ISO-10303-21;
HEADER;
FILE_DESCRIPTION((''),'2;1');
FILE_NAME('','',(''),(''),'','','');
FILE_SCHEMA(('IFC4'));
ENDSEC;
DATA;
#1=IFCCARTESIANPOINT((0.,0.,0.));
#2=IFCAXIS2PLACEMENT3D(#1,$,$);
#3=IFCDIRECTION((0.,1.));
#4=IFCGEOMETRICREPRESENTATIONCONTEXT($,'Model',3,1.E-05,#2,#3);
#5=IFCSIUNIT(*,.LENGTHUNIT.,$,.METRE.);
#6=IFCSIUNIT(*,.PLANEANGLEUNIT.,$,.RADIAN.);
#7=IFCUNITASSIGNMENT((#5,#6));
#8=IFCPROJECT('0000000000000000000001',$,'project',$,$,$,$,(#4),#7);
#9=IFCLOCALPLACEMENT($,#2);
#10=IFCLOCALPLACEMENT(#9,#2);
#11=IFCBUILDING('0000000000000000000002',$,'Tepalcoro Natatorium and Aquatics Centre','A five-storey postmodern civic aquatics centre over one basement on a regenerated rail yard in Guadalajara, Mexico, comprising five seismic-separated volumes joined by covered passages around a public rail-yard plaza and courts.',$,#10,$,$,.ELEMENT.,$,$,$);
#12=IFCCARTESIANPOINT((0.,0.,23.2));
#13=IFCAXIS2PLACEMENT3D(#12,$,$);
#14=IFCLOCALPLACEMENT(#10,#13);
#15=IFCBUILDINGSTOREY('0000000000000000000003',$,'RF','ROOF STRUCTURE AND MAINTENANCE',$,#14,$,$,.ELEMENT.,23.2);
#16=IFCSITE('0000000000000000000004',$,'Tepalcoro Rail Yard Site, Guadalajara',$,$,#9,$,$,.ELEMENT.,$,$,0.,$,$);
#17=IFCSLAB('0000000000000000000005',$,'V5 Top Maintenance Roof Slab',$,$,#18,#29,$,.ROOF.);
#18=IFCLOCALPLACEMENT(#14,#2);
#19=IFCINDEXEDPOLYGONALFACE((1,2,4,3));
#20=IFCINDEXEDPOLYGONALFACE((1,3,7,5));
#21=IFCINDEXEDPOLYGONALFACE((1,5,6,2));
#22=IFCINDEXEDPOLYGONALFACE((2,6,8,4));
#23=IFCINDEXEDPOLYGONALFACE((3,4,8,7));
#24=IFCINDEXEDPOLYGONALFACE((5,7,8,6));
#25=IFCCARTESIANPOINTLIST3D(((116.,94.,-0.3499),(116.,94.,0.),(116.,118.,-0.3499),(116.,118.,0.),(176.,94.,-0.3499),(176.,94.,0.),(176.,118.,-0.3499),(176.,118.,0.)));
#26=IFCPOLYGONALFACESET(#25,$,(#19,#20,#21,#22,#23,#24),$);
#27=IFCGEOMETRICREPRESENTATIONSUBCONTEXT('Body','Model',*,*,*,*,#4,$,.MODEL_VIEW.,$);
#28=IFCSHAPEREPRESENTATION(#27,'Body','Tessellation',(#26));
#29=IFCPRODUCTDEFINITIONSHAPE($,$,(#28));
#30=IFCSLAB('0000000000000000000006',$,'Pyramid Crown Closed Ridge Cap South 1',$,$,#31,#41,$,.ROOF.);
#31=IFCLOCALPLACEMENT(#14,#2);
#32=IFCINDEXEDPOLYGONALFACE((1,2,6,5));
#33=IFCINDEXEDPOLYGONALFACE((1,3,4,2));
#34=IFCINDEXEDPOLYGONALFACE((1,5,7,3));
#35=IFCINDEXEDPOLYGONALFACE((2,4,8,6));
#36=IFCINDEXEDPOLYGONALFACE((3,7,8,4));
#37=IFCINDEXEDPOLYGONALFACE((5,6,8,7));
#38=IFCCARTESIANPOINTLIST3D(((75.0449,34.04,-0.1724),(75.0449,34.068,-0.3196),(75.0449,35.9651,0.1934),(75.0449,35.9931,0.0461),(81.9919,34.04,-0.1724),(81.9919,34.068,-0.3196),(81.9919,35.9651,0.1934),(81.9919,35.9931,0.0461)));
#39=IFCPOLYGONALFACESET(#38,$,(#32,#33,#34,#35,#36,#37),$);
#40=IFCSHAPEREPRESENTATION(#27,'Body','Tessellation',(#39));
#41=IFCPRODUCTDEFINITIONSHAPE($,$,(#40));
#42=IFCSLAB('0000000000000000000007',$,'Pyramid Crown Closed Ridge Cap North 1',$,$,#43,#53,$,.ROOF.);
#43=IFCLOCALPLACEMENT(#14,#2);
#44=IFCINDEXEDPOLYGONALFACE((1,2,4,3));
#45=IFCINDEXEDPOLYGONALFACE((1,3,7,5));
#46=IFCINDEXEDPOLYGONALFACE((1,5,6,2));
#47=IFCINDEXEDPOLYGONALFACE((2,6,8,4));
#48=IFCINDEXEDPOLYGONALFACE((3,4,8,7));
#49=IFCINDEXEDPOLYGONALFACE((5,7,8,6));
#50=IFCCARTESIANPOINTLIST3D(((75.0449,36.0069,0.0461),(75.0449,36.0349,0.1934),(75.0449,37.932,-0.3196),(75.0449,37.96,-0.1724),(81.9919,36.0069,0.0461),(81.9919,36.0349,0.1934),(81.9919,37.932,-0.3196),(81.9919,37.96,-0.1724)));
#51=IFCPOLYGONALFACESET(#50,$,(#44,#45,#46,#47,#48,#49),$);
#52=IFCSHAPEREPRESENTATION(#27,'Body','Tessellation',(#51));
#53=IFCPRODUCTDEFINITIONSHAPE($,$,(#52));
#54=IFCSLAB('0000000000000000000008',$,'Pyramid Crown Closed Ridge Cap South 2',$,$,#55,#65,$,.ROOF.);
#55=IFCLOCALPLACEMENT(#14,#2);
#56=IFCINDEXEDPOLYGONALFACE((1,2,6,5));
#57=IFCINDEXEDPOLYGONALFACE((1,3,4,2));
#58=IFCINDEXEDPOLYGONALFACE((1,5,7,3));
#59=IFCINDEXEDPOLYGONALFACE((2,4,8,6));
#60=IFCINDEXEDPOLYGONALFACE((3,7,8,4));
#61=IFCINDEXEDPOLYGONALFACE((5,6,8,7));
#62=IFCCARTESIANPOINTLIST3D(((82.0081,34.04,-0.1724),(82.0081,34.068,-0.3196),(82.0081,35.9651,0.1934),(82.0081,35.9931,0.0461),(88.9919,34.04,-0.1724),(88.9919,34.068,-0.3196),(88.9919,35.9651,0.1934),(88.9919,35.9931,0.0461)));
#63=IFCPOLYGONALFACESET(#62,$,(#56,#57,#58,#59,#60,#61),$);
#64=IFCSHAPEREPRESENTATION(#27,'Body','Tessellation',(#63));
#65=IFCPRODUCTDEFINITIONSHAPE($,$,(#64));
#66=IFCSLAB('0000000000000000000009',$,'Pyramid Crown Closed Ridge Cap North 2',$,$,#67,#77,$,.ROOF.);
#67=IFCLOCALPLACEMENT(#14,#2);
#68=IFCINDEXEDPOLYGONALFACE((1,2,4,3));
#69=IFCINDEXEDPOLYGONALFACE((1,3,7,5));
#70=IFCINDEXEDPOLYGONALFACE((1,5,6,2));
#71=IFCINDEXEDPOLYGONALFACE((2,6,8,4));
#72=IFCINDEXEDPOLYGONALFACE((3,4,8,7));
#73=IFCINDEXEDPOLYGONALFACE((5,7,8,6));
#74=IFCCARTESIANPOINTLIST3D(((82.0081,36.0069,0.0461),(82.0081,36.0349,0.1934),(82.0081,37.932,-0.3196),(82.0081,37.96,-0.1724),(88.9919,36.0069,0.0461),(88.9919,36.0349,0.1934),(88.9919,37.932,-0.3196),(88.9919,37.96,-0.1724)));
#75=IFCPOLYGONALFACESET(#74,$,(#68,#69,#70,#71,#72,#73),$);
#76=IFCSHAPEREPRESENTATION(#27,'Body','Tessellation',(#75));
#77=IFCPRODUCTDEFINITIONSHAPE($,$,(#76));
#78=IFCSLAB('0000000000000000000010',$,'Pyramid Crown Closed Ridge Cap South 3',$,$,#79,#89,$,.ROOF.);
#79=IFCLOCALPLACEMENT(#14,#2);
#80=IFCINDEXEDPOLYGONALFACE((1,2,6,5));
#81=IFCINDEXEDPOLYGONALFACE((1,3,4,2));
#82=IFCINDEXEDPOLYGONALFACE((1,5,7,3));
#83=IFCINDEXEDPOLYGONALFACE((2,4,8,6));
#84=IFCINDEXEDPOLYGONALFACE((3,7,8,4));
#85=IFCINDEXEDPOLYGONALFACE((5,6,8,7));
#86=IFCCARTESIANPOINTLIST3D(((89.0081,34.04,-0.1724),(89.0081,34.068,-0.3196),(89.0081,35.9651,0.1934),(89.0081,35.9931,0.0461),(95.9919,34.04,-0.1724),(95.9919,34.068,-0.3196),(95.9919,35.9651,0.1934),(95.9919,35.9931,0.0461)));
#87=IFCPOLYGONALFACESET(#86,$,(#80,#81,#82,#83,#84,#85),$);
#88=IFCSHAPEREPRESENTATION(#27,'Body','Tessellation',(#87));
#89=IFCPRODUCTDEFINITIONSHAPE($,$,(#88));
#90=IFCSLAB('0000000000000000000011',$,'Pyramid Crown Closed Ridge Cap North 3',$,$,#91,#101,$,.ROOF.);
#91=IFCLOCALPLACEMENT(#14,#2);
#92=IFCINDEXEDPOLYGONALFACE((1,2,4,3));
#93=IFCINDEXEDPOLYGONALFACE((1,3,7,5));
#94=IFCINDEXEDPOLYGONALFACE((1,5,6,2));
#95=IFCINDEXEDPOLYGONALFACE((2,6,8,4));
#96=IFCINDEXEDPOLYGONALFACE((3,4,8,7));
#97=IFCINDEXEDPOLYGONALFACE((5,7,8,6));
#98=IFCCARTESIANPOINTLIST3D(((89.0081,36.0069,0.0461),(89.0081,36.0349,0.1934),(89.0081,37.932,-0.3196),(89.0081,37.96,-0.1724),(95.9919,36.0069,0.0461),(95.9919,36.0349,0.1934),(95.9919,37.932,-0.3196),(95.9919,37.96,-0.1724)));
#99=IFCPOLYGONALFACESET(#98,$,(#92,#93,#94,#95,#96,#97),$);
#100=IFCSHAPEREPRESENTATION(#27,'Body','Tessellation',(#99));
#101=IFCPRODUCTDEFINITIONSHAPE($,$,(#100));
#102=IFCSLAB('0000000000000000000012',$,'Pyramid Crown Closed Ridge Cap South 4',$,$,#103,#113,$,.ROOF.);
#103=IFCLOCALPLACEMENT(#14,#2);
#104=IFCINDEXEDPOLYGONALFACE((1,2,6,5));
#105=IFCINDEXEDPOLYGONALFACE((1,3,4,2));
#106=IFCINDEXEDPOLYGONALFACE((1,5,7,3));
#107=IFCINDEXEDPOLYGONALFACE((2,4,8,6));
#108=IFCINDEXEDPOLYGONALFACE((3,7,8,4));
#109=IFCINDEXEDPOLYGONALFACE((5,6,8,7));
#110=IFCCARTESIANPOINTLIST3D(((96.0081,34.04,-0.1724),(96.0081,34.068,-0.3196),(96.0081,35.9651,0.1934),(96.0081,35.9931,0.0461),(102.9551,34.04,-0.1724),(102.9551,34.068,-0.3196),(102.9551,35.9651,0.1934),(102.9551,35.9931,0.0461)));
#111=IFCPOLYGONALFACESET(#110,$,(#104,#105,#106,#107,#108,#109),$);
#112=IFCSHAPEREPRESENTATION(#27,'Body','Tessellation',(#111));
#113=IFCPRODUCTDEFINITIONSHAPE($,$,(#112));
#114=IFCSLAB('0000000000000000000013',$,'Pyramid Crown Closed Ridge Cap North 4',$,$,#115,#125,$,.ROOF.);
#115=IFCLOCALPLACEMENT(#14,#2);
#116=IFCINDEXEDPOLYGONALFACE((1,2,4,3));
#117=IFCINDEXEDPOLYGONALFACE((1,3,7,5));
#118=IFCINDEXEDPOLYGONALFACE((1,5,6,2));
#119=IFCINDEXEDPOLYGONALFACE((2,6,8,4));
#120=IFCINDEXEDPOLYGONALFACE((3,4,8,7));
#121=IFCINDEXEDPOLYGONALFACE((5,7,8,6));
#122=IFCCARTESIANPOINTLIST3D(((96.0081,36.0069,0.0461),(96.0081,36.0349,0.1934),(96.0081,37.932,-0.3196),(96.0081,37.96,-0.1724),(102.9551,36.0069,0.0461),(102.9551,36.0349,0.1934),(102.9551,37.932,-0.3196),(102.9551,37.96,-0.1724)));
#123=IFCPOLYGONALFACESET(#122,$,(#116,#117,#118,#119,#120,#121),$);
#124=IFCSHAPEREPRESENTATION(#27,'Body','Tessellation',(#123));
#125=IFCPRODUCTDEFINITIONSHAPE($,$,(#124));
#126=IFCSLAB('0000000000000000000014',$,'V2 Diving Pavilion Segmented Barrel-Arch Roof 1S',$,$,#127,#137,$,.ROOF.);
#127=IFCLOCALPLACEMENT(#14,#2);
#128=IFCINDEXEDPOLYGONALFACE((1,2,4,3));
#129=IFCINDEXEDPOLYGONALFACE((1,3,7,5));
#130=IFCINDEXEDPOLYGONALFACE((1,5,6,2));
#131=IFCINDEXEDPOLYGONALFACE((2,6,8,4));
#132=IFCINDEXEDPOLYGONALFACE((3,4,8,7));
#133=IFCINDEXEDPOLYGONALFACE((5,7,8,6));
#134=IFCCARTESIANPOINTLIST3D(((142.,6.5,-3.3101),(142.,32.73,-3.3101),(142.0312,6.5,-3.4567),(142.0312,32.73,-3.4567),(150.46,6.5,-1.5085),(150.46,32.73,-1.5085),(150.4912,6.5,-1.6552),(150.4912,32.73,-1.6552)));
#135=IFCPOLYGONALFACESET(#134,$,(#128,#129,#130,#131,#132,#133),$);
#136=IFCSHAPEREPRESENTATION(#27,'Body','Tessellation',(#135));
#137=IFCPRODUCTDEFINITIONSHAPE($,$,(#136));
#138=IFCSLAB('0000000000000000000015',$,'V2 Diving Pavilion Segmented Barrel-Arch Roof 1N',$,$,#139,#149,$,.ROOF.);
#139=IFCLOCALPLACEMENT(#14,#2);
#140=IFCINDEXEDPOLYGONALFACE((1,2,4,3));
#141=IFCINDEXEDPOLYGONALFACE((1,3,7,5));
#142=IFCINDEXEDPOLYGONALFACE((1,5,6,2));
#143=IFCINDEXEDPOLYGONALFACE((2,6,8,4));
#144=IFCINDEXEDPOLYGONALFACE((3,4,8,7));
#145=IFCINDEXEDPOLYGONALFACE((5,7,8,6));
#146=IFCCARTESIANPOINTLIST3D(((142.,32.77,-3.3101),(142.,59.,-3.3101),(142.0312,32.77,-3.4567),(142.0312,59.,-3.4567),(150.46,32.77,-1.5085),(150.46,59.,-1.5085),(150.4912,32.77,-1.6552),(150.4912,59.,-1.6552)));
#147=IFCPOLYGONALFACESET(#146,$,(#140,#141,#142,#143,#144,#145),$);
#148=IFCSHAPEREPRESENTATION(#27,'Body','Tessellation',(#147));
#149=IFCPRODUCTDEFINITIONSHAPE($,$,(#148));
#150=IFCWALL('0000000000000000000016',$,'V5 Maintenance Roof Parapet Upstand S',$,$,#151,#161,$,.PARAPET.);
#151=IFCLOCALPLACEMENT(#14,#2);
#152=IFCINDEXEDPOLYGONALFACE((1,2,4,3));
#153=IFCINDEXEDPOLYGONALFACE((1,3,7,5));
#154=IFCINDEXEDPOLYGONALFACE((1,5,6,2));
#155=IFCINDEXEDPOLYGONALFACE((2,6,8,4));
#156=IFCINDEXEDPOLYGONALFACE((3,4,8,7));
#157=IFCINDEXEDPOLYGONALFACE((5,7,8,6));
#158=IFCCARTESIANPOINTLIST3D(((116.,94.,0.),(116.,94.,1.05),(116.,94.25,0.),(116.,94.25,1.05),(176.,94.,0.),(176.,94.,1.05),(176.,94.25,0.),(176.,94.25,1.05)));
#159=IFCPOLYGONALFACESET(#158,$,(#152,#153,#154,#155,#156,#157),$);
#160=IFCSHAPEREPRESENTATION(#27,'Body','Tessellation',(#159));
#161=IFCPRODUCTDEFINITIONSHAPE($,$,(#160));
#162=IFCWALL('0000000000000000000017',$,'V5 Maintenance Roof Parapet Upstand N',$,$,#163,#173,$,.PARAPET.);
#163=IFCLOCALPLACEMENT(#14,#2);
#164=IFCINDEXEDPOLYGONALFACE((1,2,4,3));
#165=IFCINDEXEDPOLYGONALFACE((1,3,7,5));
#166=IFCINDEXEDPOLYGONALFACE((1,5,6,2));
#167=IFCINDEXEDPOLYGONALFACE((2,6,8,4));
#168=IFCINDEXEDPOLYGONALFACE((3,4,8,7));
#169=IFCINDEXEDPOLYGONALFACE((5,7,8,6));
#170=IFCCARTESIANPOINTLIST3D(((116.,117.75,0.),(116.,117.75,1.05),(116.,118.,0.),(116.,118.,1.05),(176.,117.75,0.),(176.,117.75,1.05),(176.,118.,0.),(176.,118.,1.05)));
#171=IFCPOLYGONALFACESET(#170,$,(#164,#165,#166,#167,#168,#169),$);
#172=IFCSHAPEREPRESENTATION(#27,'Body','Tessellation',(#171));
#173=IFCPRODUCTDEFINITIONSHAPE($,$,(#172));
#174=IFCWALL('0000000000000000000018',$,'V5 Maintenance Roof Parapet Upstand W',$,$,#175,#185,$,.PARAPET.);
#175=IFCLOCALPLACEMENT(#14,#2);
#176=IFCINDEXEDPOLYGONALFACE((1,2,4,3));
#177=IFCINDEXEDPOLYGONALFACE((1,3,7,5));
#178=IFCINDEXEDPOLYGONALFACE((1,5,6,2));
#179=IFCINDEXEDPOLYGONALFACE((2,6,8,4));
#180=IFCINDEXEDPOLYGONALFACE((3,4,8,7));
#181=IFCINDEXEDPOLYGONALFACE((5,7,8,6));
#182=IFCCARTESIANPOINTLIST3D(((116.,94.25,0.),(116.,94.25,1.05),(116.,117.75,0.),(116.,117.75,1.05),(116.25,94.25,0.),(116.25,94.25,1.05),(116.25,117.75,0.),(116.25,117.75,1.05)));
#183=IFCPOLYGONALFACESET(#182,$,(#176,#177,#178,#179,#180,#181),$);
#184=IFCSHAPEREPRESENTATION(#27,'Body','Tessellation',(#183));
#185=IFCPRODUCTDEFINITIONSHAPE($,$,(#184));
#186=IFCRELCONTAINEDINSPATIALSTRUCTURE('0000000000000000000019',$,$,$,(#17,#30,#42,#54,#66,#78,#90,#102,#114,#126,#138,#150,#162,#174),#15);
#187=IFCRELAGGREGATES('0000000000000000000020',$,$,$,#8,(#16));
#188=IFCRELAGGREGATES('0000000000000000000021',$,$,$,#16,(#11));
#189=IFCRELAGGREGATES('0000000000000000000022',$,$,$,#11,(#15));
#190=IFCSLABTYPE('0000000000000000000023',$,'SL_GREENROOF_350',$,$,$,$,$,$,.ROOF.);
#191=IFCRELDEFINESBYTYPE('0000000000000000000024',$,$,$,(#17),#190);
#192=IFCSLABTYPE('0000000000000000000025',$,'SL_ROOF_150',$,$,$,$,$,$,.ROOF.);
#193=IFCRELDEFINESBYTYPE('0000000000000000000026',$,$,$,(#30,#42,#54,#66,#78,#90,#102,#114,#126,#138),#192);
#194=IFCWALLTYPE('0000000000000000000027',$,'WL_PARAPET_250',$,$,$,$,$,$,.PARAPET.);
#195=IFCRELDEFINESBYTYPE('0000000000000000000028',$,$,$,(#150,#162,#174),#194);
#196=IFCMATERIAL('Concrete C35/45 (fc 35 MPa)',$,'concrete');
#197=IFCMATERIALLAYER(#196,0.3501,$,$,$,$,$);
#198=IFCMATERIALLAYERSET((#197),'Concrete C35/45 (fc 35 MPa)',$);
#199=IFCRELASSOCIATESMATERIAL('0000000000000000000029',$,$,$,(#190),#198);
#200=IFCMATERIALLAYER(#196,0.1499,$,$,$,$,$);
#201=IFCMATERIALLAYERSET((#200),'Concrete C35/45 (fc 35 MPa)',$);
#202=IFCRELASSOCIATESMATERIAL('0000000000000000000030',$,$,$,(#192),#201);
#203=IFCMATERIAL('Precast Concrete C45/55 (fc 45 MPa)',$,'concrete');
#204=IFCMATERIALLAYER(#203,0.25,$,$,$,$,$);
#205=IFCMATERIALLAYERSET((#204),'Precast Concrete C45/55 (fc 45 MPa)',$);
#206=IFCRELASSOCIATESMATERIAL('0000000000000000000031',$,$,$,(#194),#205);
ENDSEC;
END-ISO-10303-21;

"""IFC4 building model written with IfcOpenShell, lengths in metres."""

from ifc_helpers import new_model, si_unit, direction, frame, frame_2d, origin, place, context, subcontext, project, spatial, polyline, rectangle, outline, extrude, material, layer, layer_set, type_object, element, save


model = new_model("IFC4")

# Units and contexts
model_context = context("Model", 3, precision=1e-05, world=origin(), true_north=direction((0.0, 1.0)))
body_context = subcontext(model_context, "Body", "Model", "MODEL_VIEW")
ifc_project = project(units=[si_unit("LENGTHUNIT", "METRE"), si_unit("PLANEANGLEUNIT", "RADIAN")], contexts=[model_context])

# Site, building, storey
site_placement = place(None, origin())
site = spatial("IfcSite", under=ifc_project, at=site_placement, Name="Tepalcoro Rail Yard Site, Guadalajara", CompositionType="ELEMENT", RefElevation=0.0)
building_placement = place(site_placement, origin())
building = spatial("IfcBuilding", under=site, at=building_placement, Name="Tepalcoro Natatorium and Aquatics Centre", Description="A five-storey postmodern civic aquatics centre over one basement on a regenerated rail yard in Guadalajara, Mexico, comprising five seismic-separated volumes joined by covered passages around a public rail-yard plaza and courts.", CompositionType="ELEMENT")
storey_placement = place(building_placement, frame((0.0, 0.0, 23.2)))
storey = spatial("IfcBuildingStorey", under=building, at=storey_placement, Name="RF", Description="ROOF STRUCTURE AND MAINTENANCE", CompositionType="ELEMENT", Elevation=23.2)

# Slabs
ifc_material_1 = material(Name="Concrete C35/45 (fc 35 MPa)", Category="concrete")
ifc_layer_1 = layer(ifc_material_1, 0.3501)
ifc_layer_set_1 = layer_set([ifc_layer_1], Name="Concrete C35/45 (fc 35 MPa)")
slab_type_1 = type_object("IfcSlabType", Name="SL_GREENROOF_350", PredefinedType="ROOF", material=ifc_layer_set_1)
slab_placement = place(storey_placement, frame((0.0, 0.0, -0.3499)))
element("IfcSlab", 1, at=slab_placement, inside=storey, type_object=slab_type_1, Name="V5 Top Maintenance Roof Slab", PredefinedType="ROOF", context=body_context, shape_type="SweptSolid", body=[
    extrude(outline(polyline([(176.0, 94.0), (176.0, 118.0), (116.0, 118.0), (116.0, 94.0), (176.0, 94.0)])), origin(), (0.0, 0.0, 1.0), 0.3499),
])
ifc_layer_2 = layer(ifc_material_1, 0.1499)
ifc_layer_set_2 = layer_set([ifc_layer_2], Name="Concrete C35/45 (fc 35 MPa)")
slab_type_2 = type_object("IfcSlabType", Name="SL_ROOF_150", PredefinedType="ROOF", material=ifc_layer_set_2)
for number, where, z_axis, x_axis, name in (
    (2, (75.0449, 34.04, -0.1724), (0.0, -0.186643, 0.982428), (1.0, 0.0, 0.0), "Pyramid Crown Closed Ridge Cap South 1"),
    (3, (81.9919, 37.96, -0.1724), (0.0, 0.186643, 0.982428), (-1.0, 0.0, 0.0), "Pyramid Crown Closed Ridge Cap North 1"),
):
    element("IfcSlab", number, at=place(storey_placement, frame(where, z_axis=z_axis, x_axis=x_axis)), inside=storey, type_object=slab_type_2, Name=name, PredefinedType="ROOF", context=body_context, shape_type="SweptSolid", body=[
        extrude(outline(polyline([(0.0, 0.0), (6.947, 0.0), (6.947, 1.9595), (0.0, 1.9595), (0.0, 0.0)])), origin(), (0.0, 0.0, -1.0), 0.1499),
    ])
for number, where, z_axis, x_axis, name in (
    (4, (82.0081, 34.04, -0.1724), (0.0, -0.186643, 0.982428), (1.0, 0.0, 0.0), "Pyramid Crown Closed Ridge Cap South 2"),
    (5, (88.9919, 37.96, -0.1724), (0.0, 0.186643, 0.982428), (-1.0, 0.0, 0.0), "Pyramid Crown Closed Ridge Cap North 2"),
    (6, (89.0081, 34.04, -0.1724), (0.0, -0.186643, 0.982428), (1.0, 0.0, 0.0), "Pyramid Crown Closed Ridge Cap South 3"),
    (7, (95.9919, 37.96, -0.1724), (0.0, 0.186643, 0.982428), (-1.0, 0.0, 0.0), "Pyramid Crown Closed Ridge Cap North 3"),
):
    element("IfcSlab", number, at=place(storey_placement, frame(where, z_axis=z_axis, x_axis=x_axis)), inside=storey, type_object=slab_type_2, Name=name, PredefinedType="ROOF", context=body_context, shape_type="SweptSolid", body=[
        extrude(outline(polyline([(0.0, 0.0), (6.9839, 0.0), (6.9839, 1.9595), (0.0, 1.9595), (0.0, 0.0)])), origin(), (0.0, 0.0, -1.0), 0.1499),
    ])
for number, where, z_axis, x_axis, name in (
    (8, (96.0081, 34.04, -0.1724), (0.0, -0.186643, 0.982428), (1.0, 0.0, 0.0), "Pyramid Crown Closed Ridge Cap South 4"),
    (9, (102.9551, 37.96, -0.1724), (0.0, 0.186643, 0.982428), (-1.0, 0.0, 0.0), "Pyramid Crown Closed Ridge Cap North 4"),
):
    element("IfcSlab", number, at=place(storey_placement, frame(where, z_axis=z_axis, x_axis=x_axis)), inside=storey, type_object=slab_type_2, Name=name, PredefinedType="ROOF", context=body_context, shape_type="SweptSolid", body=[
        extrude(outline(polyline([(0.0, 0.0), (6.947, 0.0), (6.947, 1.9595), (0.0, 1.9595), (0.0, 0.0)])), origin(), (0.0, 0.0, -1.0), 0.1499),
    ])
for number, where, z_axis, x_axis, name in (
    (10, (142.0, 6.5, -3.3101), (-0.208276, 0.0, 0.97807), (0.97807, 0.0, 0.208276), "V2 Diving Pavilion Segmented Barrel-Arch Roof 1S"),
    (11, (142.0, 32.77, -3.3101), (-0.208276, 0.0, 0.97807), (0.97807, 0.0, 0.208276), "V2 Diving Pavilion Segmented Barrel-Arch Roof 1N"),
):
    element("IfcSlab", number, at=place(storey_placement, frame(where, z_axis=z_axis, x_axis=x_axis)), inside=storey, type_object=slab_type_2, Name=name, PredefinedType="ROOF", context=body_context, shape_type="SweptSolid", body=[
        extrude(outline(polyline([(0.0, 0.0), (8.6496, 0.0), (8.6496, 26.23), (0.0, 26.23), (0.0, 0.0)])), origin(), (0.0, 0.0, -1.0), 0.1499),
    ])

# Walls
ifc_material_2 = material(Name="Precast Concrete C45/55 (fc 45 MPa)", Category="concrete")
ifc_layer_3 = layer(ifc_material_2, 0.25)
ifc_layer_set_3 = layer_set([ifc_layer_3], Name="Precast Concrete C45/55 (fc 45 MPa)")
wall_type = type_object("IfcWallType", Name="WL_PARAPET_250", PredefinedType="PARAPET", material=ifc_layer_set_3)
for number, where, z_axis, x_axis, name in (
    (12, (116.0, 94.125, 0.0), (0.0, 0.0, 1.0), (1.0, 0.0, 0.0), "V5 Maintenance Roof Parapet Upstand S"),
    (13, (116.0, 117.875, 0.0), (0.0, 0.0, 1.0), (1.0, 0.0, 0.0), "V5 Maintenance Roof Parapet Upstand N"),
):
    element("IfcWall", number, at=place(storey_placement, frame(where, z_axis=z_axis, x_axis=x_axis)), inside=storey, type_object=wall_type, Name=name, PredefinedType="PARAPET", context=body_context, shape_type="SweptSolid", body=[
        extrude(rectangle(XDim=60.0, YDim=0.25, at=frame_2d((30.0, 0.0))), origin(), (0.0, 0.0, 1.0), 1.05),
    ])
wall_placement = place(storey_placement, frame((116.125, 94.25, 0.0), z_axis=(0.0, 0.0, 1.0), x_axis=(0.0, 1.0, 0.0)))
element("IfcWall", 14, at=wall_placement, inside=storey, type_object=wall_type, Name="V5 Maintenance Roof Parapet Upstand W", PredefinedType="PARAPET", context=body_context, shape_type="SweptSolid", body=[
    extrude(rectangle(XDim=23.5, YDim=0.25, at=frame_2d((11.75, 0.0))), origin(), (0.0, 0.0, 1.0), 1.05),
])

save(model, "model.ifc")
